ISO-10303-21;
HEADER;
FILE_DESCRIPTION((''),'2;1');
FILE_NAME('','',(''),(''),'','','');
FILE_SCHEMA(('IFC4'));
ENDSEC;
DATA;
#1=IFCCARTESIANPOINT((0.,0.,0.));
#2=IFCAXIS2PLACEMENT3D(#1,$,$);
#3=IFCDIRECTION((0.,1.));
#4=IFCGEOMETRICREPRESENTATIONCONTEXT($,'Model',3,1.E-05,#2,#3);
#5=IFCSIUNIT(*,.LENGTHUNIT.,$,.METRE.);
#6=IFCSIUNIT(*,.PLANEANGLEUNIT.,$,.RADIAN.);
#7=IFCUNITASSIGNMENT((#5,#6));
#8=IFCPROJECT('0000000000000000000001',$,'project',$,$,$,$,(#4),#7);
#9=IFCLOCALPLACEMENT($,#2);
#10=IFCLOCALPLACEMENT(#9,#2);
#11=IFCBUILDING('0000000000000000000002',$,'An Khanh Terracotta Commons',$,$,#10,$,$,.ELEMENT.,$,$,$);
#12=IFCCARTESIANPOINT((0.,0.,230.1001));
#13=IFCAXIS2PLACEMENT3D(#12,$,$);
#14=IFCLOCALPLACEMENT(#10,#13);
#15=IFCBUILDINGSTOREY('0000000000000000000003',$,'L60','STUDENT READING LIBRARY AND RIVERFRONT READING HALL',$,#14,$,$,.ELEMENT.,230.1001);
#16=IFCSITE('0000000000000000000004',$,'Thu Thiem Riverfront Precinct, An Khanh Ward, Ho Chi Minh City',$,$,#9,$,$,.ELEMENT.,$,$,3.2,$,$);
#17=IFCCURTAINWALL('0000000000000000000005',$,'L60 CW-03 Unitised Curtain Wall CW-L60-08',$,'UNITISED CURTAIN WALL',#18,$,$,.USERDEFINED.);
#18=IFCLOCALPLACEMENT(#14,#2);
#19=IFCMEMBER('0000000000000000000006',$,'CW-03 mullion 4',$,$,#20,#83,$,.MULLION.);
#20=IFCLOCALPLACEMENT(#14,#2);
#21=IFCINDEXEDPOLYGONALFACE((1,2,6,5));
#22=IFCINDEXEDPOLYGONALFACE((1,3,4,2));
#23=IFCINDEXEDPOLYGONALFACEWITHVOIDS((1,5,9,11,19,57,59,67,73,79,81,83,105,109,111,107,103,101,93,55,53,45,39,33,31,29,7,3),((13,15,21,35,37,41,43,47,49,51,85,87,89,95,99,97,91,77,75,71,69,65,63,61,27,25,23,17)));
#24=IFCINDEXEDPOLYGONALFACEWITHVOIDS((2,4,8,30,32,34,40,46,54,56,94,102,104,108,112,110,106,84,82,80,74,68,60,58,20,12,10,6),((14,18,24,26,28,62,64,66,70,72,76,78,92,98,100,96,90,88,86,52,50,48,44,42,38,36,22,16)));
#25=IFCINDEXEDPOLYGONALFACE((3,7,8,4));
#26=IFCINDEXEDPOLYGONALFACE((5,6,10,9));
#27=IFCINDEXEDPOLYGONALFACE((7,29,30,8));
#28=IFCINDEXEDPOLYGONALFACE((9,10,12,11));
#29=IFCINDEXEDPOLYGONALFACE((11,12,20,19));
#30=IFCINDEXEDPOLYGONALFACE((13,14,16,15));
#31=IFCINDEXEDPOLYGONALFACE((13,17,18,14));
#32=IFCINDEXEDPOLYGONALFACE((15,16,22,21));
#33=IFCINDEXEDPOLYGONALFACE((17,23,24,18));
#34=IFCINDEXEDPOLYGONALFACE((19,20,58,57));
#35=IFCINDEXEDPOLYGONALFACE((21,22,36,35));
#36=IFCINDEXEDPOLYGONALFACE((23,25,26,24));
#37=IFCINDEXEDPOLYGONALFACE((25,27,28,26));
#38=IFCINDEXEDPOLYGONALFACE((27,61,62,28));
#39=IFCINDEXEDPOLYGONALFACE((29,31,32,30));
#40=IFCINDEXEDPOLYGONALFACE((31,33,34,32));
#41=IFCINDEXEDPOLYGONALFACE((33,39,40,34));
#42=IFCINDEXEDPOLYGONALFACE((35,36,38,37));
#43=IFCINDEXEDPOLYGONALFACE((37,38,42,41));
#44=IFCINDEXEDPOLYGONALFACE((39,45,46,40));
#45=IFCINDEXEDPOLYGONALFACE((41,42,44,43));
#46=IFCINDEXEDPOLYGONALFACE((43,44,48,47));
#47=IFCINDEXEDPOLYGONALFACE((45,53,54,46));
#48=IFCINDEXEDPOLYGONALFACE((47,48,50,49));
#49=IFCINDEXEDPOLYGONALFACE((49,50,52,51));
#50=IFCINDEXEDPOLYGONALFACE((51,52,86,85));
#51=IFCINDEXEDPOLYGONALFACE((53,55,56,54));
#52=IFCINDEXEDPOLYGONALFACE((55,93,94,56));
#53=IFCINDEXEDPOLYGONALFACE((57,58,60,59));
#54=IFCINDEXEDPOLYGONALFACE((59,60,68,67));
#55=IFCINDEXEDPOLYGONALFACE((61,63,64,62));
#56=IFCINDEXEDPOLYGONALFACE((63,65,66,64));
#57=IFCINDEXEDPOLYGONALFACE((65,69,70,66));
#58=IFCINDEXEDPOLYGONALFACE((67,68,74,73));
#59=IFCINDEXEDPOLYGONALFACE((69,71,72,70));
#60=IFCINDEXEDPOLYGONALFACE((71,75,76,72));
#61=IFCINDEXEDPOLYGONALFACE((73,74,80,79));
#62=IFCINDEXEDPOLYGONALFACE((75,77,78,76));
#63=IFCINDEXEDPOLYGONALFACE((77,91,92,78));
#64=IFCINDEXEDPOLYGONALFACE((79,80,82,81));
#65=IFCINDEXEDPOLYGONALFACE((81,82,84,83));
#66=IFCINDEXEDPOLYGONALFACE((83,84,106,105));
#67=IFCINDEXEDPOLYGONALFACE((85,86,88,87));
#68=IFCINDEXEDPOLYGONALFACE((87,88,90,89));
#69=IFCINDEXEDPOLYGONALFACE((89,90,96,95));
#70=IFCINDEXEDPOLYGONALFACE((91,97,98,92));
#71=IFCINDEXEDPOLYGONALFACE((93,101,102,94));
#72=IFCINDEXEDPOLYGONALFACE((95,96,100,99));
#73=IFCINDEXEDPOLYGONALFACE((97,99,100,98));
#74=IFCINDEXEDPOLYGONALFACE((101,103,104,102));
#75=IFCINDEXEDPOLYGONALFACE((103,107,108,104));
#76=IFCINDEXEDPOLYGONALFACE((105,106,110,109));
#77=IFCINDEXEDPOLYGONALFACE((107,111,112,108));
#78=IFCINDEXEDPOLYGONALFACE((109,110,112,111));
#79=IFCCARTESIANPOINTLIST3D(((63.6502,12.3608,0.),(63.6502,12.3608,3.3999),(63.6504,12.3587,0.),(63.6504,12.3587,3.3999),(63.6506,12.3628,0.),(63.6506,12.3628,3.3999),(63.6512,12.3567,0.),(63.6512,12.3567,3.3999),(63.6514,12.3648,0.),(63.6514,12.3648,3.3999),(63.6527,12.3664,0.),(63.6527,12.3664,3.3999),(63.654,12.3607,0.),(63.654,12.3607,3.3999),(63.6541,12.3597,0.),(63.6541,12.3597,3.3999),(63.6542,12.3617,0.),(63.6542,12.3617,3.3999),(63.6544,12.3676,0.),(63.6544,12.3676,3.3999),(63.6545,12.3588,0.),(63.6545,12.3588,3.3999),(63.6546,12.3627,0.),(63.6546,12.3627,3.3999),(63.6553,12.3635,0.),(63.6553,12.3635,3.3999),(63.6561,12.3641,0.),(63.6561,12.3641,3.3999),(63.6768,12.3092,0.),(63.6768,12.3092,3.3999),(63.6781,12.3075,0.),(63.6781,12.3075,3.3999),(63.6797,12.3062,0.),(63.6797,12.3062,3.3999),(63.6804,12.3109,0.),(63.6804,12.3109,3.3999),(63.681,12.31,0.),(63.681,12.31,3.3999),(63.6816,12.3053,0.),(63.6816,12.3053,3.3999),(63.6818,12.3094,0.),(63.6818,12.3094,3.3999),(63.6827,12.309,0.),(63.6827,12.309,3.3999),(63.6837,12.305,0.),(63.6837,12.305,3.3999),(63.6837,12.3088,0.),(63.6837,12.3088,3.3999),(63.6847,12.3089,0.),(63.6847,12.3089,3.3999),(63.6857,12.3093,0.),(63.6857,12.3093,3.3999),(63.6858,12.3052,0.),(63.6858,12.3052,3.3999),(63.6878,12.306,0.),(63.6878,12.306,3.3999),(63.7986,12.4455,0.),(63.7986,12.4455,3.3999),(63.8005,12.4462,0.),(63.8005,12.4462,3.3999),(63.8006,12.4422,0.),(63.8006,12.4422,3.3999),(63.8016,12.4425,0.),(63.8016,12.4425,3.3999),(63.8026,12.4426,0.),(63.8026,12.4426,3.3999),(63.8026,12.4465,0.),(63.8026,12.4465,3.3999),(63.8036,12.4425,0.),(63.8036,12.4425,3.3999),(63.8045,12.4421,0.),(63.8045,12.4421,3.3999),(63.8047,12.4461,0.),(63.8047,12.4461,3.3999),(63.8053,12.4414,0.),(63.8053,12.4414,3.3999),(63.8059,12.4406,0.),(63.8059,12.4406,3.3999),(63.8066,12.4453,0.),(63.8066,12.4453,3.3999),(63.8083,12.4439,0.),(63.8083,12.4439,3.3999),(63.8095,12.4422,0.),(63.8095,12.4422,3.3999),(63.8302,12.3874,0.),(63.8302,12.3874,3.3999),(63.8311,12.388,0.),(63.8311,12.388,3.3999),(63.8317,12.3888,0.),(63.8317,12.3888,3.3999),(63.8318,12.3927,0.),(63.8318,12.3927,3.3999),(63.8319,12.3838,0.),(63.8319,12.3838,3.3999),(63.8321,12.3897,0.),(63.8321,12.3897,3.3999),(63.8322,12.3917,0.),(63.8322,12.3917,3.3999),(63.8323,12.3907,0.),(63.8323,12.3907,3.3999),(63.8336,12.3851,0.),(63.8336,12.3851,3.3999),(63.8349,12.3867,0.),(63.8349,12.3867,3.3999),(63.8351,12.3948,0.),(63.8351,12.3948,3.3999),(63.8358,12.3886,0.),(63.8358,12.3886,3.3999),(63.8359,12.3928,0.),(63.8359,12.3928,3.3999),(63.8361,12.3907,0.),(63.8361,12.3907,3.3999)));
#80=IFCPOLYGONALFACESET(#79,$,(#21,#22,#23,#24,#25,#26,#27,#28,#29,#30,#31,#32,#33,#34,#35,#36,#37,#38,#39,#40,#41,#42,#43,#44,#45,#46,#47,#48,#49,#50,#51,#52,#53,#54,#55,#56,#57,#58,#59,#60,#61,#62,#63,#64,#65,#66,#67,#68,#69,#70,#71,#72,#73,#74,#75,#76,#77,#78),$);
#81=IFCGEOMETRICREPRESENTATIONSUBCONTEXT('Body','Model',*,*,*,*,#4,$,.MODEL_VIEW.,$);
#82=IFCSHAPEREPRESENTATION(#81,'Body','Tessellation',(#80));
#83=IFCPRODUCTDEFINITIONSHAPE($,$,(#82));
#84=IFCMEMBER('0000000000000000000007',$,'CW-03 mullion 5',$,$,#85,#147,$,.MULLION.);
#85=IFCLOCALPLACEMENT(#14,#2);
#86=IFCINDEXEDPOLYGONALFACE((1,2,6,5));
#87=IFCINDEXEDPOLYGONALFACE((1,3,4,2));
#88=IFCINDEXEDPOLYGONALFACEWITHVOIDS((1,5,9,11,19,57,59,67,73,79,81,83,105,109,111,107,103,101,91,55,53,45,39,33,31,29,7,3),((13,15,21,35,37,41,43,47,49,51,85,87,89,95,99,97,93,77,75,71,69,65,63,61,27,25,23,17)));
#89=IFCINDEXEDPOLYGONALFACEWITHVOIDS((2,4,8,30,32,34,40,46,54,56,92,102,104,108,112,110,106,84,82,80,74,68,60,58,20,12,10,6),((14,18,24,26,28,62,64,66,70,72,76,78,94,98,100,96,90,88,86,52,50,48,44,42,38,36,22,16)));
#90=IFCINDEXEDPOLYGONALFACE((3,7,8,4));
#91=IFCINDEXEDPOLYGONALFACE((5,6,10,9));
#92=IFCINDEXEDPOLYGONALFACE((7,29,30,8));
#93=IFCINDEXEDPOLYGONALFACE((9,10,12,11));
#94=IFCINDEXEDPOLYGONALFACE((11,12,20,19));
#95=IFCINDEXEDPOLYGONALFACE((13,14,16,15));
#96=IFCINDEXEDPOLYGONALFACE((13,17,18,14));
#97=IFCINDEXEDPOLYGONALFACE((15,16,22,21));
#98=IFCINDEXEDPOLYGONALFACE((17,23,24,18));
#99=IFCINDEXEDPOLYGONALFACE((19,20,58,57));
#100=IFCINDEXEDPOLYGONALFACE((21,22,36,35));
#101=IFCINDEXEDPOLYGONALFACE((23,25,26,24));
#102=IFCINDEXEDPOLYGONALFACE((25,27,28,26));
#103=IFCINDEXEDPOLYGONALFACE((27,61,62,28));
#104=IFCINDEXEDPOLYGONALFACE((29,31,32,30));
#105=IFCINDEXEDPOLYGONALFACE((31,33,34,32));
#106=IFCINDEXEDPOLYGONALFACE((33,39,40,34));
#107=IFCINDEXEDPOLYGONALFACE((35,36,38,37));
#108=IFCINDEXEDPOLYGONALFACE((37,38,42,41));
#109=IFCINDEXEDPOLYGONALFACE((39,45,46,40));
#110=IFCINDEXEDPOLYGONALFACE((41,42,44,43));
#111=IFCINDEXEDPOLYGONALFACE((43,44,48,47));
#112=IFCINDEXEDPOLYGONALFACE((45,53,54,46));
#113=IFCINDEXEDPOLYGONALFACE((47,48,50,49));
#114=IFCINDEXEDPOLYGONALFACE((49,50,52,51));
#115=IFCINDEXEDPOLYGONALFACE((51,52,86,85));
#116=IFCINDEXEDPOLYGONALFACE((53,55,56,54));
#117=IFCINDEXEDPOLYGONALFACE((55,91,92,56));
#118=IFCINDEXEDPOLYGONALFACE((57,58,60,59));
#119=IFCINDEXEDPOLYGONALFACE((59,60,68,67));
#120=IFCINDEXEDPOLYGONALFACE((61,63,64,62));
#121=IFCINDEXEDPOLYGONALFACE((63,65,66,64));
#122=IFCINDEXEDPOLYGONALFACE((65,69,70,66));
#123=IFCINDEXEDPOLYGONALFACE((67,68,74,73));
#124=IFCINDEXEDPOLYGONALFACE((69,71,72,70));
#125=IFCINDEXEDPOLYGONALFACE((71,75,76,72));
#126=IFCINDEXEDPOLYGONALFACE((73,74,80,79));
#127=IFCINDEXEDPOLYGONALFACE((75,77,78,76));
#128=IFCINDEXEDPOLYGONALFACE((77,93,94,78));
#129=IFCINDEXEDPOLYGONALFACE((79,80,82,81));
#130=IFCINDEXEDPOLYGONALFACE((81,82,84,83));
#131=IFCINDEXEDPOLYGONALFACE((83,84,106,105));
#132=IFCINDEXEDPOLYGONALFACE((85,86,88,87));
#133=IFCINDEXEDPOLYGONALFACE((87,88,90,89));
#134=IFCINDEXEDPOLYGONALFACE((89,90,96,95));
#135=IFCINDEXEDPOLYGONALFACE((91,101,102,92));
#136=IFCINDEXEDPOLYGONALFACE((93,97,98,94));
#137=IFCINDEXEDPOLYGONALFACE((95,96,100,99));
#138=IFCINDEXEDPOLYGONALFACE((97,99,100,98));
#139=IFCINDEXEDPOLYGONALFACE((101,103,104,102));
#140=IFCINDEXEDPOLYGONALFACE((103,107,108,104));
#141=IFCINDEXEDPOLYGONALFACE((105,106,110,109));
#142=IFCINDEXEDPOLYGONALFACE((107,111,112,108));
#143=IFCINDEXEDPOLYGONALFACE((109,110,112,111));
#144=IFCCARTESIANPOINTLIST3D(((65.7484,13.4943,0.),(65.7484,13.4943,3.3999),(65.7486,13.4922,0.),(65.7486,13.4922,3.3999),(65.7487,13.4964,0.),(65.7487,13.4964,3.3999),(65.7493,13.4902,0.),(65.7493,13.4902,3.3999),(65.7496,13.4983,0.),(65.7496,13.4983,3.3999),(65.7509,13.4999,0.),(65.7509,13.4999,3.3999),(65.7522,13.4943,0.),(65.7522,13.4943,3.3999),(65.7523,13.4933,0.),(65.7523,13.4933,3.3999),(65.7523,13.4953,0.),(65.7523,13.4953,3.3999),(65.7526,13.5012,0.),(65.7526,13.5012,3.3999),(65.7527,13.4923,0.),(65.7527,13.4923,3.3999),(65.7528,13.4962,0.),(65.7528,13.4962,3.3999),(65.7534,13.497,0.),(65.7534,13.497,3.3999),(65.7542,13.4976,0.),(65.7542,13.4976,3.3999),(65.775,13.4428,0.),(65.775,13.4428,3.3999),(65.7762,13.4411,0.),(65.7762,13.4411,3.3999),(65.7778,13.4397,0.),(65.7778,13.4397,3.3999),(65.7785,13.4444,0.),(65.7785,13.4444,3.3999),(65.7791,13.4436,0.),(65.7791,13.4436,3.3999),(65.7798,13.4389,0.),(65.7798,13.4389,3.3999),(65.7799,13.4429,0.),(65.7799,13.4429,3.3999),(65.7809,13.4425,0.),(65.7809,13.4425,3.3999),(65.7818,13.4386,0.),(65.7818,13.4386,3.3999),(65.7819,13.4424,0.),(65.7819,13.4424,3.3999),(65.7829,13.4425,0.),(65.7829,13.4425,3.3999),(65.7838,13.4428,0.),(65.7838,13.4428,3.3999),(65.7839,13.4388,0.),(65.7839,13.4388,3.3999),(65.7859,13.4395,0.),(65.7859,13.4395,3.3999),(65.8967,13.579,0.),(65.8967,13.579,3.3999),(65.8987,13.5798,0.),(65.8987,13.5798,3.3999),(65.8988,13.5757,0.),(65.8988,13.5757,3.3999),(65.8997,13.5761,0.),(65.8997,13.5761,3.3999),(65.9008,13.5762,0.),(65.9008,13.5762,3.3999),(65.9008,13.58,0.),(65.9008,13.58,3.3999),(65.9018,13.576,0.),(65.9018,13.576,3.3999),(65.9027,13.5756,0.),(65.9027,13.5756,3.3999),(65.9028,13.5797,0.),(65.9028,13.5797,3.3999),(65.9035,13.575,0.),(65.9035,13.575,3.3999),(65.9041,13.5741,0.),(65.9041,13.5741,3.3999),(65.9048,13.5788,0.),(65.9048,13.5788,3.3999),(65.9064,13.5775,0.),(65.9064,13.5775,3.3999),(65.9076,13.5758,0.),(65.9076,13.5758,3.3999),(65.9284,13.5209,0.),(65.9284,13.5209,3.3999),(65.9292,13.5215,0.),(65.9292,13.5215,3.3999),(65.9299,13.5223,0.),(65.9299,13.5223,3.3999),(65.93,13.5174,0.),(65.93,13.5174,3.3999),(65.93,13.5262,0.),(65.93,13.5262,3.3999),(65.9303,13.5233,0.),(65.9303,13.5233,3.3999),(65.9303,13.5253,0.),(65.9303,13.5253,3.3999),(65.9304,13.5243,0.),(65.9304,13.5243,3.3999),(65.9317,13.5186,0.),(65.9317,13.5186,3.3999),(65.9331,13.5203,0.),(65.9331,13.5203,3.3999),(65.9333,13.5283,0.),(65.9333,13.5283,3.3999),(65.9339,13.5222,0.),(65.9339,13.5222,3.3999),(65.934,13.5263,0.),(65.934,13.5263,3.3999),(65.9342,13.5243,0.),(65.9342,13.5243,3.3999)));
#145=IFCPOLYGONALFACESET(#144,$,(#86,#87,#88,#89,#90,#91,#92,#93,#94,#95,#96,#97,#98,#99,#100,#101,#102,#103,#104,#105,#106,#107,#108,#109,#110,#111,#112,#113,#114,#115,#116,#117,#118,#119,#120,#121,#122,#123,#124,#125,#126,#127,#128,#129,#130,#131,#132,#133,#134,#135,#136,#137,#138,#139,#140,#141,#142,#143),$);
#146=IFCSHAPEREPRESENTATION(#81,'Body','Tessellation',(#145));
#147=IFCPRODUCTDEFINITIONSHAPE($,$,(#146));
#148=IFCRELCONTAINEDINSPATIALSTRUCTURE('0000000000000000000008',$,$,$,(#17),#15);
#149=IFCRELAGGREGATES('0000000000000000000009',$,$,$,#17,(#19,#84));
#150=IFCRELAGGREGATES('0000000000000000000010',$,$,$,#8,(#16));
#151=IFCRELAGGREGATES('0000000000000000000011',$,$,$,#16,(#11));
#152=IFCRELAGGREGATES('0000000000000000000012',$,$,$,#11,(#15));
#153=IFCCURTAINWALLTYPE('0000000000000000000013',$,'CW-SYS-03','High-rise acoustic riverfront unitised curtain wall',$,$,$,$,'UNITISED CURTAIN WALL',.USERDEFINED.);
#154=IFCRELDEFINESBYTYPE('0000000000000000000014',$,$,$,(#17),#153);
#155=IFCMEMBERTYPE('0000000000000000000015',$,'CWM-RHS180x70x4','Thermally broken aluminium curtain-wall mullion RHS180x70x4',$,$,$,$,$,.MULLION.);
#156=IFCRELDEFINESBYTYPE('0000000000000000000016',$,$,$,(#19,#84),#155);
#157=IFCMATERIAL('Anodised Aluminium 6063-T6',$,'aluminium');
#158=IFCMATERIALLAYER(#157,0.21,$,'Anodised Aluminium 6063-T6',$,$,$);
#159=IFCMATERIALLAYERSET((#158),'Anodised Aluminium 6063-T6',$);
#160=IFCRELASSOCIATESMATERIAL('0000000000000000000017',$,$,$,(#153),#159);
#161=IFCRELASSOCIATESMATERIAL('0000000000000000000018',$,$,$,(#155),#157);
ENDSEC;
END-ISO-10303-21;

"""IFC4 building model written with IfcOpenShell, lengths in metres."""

from ifc_helpers import new_model, si_unit, direction, frame, origin, origin_2d, place, context, subcontext, project, spatial, hollow_rectangle, extrude, material, layer, layer_set, material_profile, profile_set, type_object, element, aggregate, save


model = new_model("IFC4")

# Units and contexts
model_context = context("Model", 3, precision=1e-05, world=origin(), true_north=direction((0.0, 1.0)))
body_context = subcontext(model_context, "Body", "Model", "MODEL_VIEW")
ifc_project = project(units=[si_unit("LENGTHUNIT", "METRE"), si_unit("PLANEANGLEUNIT", "RADIAN")], contexts=[model_context])

# Site, building, storey
site_placement = place(None, origin())
site = spatial("IfcSite", under=ifc_project, at=site_placement, Name="Thu Thiem Riverfront Precinct, An Khanh Ward, Ho Chi Minh City", CompositionType="ELEMENT", RefElevation=3.2)
building_placement = place(site_placement, origin())
building = spatial("IfcBuilding", under=site, at=building_placement, Name="An Khanh Terracotta Commons", CompositionType="ELEMENT")
storey_placement = place(building_placement, frame((0.0, 0.0, 230.1001)))
storey = spatial("IfcBuildingStorey", under=building, at=storey_placement, Name="L60", Description="STUDENT READING LIBRARY AND RIVERFRONT READING HALL", CompositionType="ELEMENT", Elevation=230.1001)

# Shared definitions
ifc_material_1 = material(Name="Anodised Aluminium 6063-T6", Category="aluminium")

# Curtain wall, members
ifc_layer_1 = layer(ifc_material_1, 0.21, Name="Anodised Aluminium 6063-T6")
ifc_layer_set_1 = layer_set([ifc_layer_1], Name="Anodised Aluminium 6063-T6")
curtain_wall_type_1 = type_object("IfcCurtainWallType", Name="CW-SYS-03", Description="High-rise acoustic riverfront unitised curtain wall", ElementType="UNITISED CURTAIN WALL", PredefinedType="USERDEFINED", material=ifc_layer_set_1)
curtain_wall_1_placement = place(storey_placement, origin())
curtain_wall_1 = element("IfcCurtainWall", 1, at=curtain_wall_1_placement, inside=storey, type_object=curtain_wall_type_1, Name="L60 CW-03 Unitised Curtain Wall CW-L60-08", ObjectType="UNITISED CURTAIN WALL", PredefinedType="USERDEFINED")
ifc_material_profile_1 = material_profile(ifc_material_1, hollow_rectangle(XDim=0.0701, YDim=0.1799, WallThickness=0.0039, InnerFilletRadius=0.0039, OuterFilletRadius=0.0081, at=origin_2d()), Name="RHS180x70x4")
ifc_profile_set_1 = profile_set([ifc_material_profile_1], Name="Anodised Aluminium 6063-T6")
member_type_1 = type_object("IfcMemberType", Name="CWM-RHS180x70x4", Description="Thermally broken aluminium curtain-wall mullion RHS180x70x4", PredefinedType="MULLION", material=ifc_profile_set_1)
member_1_placement = place(storey_placement, frame((63.7432, 12.3757, 0.0), z_axis=(0.0, 0.0, 1.0), x_axis=(-0.475381, 0.87978, 0.0)))
member_1 = element("IfcMember", 2, at=member_1_placement, type_object=member_type_1, Name="CW-03 mullion 4", PredefinedType="MULLION", context=body_context, shape_type="SweptSolid", body=[
    extrude(hollow_rectangle(XDim=0.0701, YDim=0.1799, WallThickness=0.0039, InnerFilletRadius=0.0039, OuterFilletRadius=0.0081, at=origin_2d()), origin(), (0.0, 0.0, 1.0), 3.3999),
])
member_2_placement = place(storey_placement, frame((65.8413, 13.5093, 0.0), z_axis=(0.0, 0.0, 1.0), x_axis=(-0.475381, 0.87978, 0.0)))
member_2 = element("IfcMember", 3, at=member_2_placement, type_object=member_type_1, Name="CW-03 mullion 5", PredefinedType="MULLION", context=body_context, shape_type="SweptSolid", body=[
    extrude(hollow_rectangle(XDim=0.0701, YDim=0.1799, WallThickness=0.0039, InnerFilletRadius=0.0039, OuterFilletRadius=0.0081, at=origin_2d()), origin(), (0.0, 0.0, 1.0), 3.3999),
])

aggregate(curtain_wall_1, [member_1, member_2])

save(model, "model.ifc")
